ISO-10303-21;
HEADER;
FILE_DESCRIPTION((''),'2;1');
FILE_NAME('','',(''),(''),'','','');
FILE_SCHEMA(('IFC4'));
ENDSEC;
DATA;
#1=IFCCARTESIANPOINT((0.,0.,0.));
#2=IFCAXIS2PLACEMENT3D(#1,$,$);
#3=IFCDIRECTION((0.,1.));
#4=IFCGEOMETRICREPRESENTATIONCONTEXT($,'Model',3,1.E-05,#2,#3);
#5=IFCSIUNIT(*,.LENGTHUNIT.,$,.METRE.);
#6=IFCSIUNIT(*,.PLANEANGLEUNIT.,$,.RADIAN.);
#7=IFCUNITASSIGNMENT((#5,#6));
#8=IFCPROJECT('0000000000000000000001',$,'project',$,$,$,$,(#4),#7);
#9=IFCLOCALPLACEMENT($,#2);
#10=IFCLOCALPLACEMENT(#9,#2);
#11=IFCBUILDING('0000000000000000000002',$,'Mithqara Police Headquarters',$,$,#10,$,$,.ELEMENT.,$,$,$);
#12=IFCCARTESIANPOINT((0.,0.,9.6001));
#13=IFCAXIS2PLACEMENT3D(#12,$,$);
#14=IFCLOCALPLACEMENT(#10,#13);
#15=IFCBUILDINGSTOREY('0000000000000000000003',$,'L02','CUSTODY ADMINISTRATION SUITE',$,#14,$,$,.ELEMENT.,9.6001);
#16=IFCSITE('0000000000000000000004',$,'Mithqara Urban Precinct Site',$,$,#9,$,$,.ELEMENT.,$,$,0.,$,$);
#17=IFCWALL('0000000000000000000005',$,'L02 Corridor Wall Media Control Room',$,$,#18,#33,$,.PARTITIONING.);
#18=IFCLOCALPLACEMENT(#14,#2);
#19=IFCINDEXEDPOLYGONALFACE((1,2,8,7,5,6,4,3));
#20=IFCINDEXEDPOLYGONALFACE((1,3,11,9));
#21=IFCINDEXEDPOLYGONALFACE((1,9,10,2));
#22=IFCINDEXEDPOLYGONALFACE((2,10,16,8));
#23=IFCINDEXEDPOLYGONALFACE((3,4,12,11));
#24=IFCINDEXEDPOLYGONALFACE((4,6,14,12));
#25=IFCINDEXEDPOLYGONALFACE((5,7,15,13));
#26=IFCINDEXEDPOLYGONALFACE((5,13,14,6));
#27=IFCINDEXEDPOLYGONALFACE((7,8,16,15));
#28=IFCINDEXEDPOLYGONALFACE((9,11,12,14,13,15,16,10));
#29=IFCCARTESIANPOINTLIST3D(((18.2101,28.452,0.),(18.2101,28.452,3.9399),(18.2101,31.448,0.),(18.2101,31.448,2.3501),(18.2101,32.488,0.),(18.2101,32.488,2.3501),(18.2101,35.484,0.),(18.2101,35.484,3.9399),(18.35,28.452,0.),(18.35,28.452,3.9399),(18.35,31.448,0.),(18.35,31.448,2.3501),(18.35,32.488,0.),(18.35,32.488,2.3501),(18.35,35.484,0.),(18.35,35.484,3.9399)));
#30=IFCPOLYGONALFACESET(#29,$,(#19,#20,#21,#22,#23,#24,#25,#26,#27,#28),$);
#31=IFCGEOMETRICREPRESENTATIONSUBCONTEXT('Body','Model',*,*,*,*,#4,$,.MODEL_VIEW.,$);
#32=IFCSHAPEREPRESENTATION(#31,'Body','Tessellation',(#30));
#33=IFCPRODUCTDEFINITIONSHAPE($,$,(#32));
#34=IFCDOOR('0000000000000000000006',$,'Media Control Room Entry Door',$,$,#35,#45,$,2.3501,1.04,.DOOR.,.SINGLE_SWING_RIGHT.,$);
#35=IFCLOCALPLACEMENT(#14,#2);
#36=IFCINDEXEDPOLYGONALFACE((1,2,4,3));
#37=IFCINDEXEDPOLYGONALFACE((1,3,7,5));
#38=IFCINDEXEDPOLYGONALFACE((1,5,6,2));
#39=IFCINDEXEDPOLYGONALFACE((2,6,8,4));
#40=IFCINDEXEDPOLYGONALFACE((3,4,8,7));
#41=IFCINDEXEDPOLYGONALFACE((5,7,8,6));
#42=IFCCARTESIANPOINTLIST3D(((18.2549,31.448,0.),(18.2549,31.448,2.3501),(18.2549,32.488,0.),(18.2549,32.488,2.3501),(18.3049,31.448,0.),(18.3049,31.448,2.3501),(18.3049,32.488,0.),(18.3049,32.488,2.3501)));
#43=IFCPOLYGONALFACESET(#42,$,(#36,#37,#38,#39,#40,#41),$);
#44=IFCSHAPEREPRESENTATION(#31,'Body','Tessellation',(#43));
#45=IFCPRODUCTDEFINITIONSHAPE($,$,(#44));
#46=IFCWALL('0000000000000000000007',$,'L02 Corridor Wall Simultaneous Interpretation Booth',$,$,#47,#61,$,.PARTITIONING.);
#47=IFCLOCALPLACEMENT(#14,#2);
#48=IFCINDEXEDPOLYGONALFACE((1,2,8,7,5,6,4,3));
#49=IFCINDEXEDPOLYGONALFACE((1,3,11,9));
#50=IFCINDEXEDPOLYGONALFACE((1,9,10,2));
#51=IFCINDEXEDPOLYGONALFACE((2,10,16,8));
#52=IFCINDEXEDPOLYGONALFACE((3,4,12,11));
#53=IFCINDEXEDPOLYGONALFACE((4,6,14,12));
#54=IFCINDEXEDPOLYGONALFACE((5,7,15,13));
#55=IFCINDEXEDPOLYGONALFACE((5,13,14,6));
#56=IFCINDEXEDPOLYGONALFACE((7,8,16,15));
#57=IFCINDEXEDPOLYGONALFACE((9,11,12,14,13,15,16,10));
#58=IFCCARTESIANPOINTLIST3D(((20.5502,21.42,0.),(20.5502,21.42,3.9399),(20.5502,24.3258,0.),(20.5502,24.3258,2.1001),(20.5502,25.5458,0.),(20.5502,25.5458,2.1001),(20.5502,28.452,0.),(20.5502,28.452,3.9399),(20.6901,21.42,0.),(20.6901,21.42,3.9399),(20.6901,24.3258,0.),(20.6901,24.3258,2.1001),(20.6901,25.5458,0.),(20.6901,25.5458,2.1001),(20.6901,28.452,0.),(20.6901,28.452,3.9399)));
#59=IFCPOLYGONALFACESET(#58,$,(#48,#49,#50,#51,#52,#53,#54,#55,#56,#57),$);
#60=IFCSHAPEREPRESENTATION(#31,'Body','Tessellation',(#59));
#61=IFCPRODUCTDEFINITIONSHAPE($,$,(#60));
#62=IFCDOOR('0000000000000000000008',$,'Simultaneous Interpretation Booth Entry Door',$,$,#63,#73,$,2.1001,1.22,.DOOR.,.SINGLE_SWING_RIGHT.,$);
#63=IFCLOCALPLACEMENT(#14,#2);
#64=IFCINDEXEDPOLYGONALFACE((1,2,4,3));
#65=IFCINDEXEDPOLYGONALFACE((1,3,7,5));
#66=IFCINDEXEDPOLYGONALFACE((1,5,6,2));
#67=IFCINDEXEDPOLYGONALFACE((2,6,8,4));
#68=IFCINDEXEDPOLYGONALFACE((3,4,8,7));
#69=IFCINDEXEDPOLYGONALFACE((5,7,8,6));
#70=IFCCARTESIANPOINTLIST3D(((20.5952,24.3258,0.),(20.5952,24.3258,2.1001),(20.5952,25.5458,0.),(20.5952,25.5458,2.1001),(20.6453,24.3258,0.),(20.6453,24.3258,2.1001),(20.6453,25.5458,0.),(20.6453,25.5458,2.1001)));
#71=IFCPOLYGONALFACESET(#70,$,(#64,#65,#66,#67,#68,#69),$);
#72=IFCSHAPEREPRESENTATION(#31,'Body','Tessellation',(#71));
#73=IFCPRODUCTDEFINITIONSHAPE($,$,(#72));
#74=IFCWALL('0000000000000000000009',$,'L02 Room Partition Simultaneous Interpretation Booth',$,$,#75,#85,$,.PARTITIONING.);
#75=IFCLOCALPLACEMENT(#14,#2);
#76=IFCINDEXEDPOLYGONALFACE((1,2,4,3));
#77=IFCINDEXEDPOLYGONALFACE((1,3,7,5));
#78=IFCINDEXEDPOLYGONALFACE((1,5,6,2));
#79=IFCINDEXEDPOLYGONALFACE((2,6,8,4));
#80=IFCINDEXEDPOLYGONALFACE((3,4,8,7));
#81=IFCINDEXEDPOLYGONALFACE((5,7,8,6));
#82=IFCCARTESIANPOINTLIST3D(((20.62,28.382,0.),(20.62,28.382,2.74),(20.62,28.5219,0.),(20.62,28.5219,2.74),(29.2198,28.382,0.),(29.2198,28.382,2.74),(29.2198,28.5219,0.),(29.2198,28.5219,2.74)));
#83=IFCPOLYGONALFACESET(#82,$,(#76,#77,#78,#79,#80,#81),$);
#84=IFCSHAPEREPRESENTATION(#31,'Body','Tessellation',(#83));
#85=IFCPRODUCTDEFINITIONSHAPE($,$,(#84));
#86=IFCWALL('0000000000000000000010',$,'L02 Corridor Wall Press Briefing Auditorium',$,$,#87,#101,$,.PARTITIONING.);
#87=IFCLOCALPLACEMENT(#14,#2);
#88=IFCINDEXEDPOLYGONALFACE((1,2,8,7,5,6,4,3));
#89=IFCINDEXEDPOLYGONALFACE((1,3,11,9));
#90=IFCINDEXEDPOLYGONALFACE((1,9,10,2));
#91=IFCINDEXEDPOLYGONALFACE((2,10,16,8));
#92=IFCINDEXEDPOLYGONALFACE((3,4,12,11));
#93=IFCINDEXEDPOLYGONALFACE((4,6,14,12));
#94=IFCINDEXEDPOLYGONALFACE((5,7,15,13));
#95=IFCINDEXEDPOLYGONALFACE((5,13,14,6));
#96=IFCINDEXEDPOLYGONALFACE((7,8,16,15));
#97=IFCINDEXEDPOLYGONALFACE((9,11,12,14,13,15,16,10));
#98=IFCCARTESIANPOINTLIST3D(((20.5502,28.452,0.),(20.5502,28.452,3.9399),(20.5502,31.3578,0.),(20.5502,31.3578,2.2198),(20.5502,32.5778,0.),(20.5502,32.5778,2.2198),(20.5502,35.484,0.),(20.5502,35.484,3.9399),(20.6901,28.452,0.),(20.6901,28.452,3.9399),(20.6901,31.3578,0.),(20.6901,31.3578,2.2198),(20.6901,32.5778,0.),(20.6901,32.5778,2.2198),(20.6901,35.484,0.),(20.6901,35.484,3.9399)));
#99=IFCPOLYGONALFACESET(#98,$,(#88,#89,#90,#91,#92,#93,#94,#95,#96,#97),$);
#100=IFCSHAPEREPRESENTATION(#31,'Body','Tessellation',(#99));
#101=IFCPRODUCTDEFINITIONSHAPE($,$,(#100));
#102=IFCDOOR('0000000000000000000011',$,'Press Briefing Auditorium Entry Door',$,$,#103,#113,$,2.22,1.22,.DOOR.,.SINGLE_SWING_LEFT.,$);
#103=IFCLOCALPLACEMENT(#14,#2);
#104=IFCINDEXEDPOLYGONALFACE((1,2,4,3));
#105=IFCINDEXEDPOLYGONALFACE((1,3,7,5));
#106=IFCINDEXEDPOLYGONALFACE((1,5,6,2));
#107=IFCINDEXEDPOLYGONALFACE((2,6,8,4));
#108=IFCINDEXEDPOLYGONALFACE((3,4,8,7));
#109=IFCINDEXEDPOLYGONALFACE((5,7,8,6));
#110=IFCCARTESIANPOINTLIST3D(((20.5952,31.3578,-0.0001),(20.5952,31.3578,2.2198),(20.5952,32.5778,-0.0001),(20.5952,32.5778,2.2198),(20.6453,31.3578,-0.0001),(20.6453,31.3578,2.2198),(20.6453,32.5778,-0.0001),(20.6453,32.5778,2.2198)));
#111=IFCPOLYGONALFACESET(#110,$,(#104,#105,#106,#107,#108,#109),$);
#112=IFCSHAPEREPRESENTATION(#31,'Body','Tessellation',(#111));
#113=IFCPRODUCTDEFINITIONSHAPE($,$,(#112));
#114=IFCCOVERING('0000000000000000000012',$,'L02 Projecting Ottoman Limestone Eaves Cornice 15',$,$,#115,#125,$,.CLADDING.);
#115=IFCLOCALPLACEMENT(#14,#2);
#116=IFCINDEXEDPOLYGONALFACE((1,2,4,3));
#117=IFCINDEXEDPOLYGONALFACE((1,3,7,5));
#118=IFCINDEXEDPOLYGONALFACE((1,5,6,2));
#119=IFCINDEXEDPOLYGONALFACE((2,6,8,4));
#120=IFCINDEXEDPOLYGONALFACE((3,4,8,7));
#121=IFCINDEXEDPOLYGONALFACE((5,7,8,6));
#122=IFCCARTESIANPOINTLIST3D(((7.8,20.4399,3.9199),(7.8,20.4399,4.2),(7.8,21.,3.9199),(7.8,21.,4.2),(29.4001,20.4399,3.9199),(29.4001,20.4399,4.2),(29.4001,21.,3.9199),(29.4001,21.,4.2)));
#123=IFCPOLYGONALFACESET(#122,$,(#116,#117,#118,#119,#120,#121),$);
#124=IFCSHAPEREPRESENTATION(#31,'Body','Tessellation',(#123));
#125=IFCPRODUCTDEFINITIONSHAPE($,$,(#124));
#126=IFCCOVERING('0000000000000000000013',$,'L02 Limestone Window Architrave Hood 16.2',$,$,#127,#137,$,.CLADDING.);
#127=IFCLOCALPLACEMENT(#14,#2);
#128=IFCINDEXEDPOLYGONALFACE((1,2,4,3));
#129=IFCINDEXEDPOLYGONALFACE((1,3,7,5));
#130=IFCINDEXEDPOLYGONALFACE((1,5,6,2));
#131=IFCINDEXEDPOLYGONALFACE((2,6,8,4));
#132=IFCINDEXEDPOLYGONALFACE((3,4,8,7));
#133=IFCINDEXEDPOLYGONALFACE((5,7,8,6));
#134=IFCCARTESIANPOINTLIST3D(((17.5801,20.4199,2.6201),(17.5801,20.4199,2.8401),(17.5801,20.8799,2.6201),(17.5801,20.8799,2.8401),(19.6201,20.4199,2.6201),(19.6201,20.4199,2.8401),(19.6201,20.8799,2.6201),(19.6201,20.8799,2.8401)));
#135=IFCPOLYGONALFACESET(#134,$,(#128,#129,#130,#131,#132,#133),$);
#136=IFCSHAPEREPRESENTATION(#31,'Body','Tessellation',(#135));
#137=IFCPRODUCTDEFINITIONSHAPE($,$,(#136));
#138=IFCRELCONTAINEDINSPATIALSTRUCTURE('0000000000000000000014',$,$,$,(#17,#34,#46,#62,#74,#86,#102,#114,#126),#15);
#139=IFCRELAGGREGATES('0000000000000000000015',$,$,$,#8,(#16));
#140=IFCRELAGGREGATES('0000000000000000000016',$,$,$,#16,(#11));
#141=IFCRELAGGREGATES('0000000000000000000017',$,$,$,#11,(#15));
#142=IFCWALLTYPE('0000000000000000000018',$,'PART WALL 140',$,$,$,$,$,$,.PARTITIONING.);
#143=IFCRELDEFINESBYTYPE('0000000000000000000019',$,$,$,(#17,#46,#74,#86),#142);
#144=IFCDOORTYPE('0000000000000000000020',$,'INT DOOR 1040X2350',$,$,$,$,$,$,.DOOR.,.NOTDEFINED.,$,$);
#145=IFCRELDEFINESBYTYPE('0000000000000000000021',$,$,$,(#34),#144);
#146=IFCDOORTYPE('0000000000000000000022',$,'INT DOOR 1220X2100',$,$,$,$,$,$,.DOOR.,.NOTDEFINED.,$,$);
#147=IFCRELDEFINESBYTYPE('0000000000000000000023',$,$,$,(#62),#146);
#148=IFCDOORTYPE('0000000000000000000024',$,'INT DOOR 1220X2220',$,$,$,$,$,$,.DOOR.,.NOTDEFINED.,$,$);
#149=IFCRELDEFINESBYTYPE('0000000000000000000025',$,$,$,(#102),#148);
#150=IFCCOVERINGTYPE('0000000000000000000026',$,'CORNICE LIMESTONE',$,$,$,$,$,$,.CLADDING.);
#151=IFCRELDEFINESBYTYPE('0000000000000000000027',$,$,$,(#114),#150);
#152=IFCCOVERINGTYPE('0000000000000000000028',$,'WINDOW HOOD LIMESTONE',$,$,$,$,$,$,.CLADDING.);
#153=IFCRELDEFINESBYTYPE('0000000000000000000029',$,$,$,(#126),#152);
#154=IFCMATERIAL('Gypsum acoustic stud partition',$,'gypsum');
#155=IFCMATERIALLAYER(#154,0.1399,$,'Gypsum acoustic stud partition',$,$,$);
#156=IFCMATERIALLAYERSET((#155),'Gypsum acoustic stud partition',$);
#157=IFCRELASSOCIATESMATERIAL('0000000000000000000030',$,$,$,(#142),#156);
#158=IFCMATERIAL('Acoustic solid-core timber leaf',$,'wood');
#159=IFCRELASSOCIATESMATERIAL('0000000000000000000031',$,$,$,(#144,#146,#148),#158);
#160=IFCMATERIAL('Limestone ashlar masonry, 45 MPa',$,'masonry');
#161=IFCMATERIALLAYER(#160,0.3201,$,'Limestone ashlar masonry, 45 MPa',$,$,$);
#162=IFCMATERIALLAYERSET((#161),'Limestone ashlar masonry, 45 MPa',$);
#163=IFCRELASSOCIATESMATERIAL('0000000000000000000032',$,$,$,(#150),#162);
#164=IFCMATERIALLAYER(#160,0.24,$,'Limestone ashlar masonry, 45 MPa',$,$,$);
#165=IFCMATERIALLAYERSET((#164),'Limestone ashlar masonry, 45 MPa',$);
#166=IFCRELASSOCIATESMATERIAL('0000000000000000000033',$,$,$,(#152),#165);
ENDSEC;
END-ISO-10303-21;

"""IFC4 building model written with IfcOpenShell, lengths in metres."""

from ifc_helpers import new_model, si_unit, direction, frame, frame_2d, origin, origin_2d, place, context, subcontext, project, spatial, rectangle, extrude, material, layer, layer_set, type_object, element, fill, save


model = new_model("IFC4")

# Units and contexts
model_context = context("Model", 3, precision=1e-05, world=origin(), true_north=direction((0.0, 1.0)))
body_context = subcontext(model_context, "Body", "Model", "MODEL_VIEW")
ifc_project = project(units=[si_unit("LENGTHUNIT", "METRE"), si_unit("PLANEANGLEUNIT", "RADIAN")], contexts=[model_context])

# Site, building, storey
site_placement = place(None, origin())
site = spatial("IfcSite", under=ifc_project, at=site_placement, Name="Mithqara Urban Precinct Site", CompositionType="ELEMENT", RefElevation=0.0)
building_placement = place(site_placement, origin())
building = spatial("IfcBuilding", under=site, at=building_placement, Name="Mithqara Police Headquarters", CompositionType="ELEMENT")
storey_placement = place(building_placement, frame((0.0, 0.0, 9.6001)))
storey = spatial("IfcBuildingStorey", under=building, at=storey_placement, Name="L02", Description="CUSTODY ADMINISTRATION SUITE", CompositionType="ELEMENT", Elevation=9.6001)

# Walls, openings, doors
ifc_material_1 = material(Name="Gypsum acoustic stud partition", Category="gypsum")
ifc_layer_1 = layer(ifc_material_1, 0.1399, Name="Gypsum acoustic stud partition")
ifc_layer_set_1 = layer_set([ifc_layer_1], Name="Gypsum acoustic stud partition")
wall_type = type_object("IfcWallType", Name="PART WALL 140", PredefinedType="PARTITIONING", material=ifc_layer_set_1)
ifc_material_2 = material(Name="Acoustic solid-core timber leaf", Category="wood")
wall_1_placement = place(storey_placement, frame((18.28, 28.4519, 0.0), z_axis=(0.0, 0.0, 1.0), x_axis=(0.0, 1.0, 0.0)))
wall_1 = element("IfcWall", 1, at=wall_1_placement, inside=storey, type_object=wall_type, Name="L02 Corridor Wall Media Control Room", PredefinedType="PARTITIONING", context=body_context, shape_type="SweptSolid", body=[
    extrude(rectangle(XDim=7.032, YDim=0.1399, at=frame_2d((3.5161, 0.0))), origin(), (0.0, 0.0, 1.0), 3.9399),
])
opening_1_placement = place(wall_1_placement, frame((2.9961, 0.0, 0.0)))
opening_1 = element("IfcOpeningElement", 2, at=opening_1_placement, cuts=wall_1, PredefinedType="OPENING", context=body_context, shape_type="SweptSolid", body=[
    extrude(rectangle(XDim=1.04, YDim=2.3501, at=frame_2d((0.52, 1.175))), frame((0.0, 0.0801, 0.0), z_axis=(0.0, -1.0, 0.0), x_axis=(1.0, 0.0, 0.0)), (0.0, 0.0, 1.0), 0.1599),
])
door_type_1 = type_object("IfcDoorType", Name="INT DOOR 1040X2350", OperationType="NOTDEFINED", PredefinedType="DOOR", material=ifc_material_2)
door_1_placement = place(opening_1_placement, frame((1.04, 0.0, 0.0), z_axis=(0.0, 0.0, 1.0), x_axis=(-1.0, 0.0, 0.0)))
door_1 = element("IfcDoor", 3, at=door_1_placement, inside=storey, type_object=door_type_1, Name="Media Control Room Entry Door", OperationType="SINGLE_SWING_RIGHT", OverallHeight=2.3501, OverallWidth=1.04, PredefinedType="DOOR", context=body_context, shape_type="SweptSolid", body=[
    extrude(rectangle(XDim=1.04, YDim=2.3501, at=frame_2d((0.52, 1.175))), frame((0.0, 0.0249, 0.0), z_axis=(0.0, -1.0, 0.0), x_axis=(1.0, 0.0, 0.0)), (0.0, 0.0, 1.0), 0.05),
])
fill(opening_1, door_1)
wall_2_placement = place(storey_placement, frame((20.6201, 21.4199, 0.0), z_axis=(0.0, 0.0, 1.0), x_axis=(0.0, 1.0, 0.0)))
wall_2 = element("IfcWall", 4, at=wall_2_placement, inside=storey, type_object=wall_type, Name="L02 Corridor Wall Simultaneous Interpretation Booth", PredefinedType="PARTITIONING", context=body_context, shape_type="SweptSolid", body=[
    extrude(rectangle(XDim=7.032, YDim=0.1399, at=frame_2d((3.5161, 0.0))), origin(), (0.0, 0.0, 1.0), 3.9399),
])
opening_2_placement = place(wall_2_placement, frame((2.906, 0.0, 0.0)))
opening_2 = element("IfcOpeningElement", 5, at=opening_2_placement, cuts=wall_2, PredefinedType="OPENING", context=body_context, shape_type="SweptSolid", body=[
    extrude(rectangle(XDim=1.22, YDim=2.1001, at=frame_2d((0.6099, 1.05))), frame((0.0, 0.0801, 0.0), z_axis=(0.0, -1.0, 0.0), x_axis=(1.0, 0.0, 0.0)), (0.0, 0.0, 1.0), 0.1599),
])
door_type_2 = type_object("IfcDoorType", Name="INT DOOR 1220X2100", OperationType="NOTDEFINED", PredefinedType="DOOR", material=ifc_material_2)
door_2_placement = place(opening_2_placement, origin())
door_2 = element("IfcDoor", 6, at=door_2_placement, inside=storey, type_object=door_type_2, Name="Simultaneous Interpretation Booth Entry Door", OperationType="SINGLE_SWING_RIGHT", OverallHeight=2.1001, OverallWidth=1.22, PredefinedType="DOOR", context=body_context, shape_type="SweptSolid", body=[
    extrude(rectangle(XDim=1.22, YDim=2.1001, at=frame_2d((0.6099, 1.05))), frame((0.0, 0.0249, 0.0), z_axis=(0.0, -1.0, 0.0), x_axis=(1.0, 0.0, 0.0)), (0.0, 0.0, 1.0), 0.05),
])
fill(opening_2, door_2)

# Wall
wall_3_placement = place(storey_placement, frame((20.6201, 28.4519, 0.0), z_axis=(0.0, 0.0, 1.0), x_axis=(1.0, 0.0, 0.0)))
element("IfcWall", 7, at=wall_3_placement, inside=storey, type_object=wall_type, Name="L02 Room Partition Simultaneous Interpretation Booth", PredefinedType="PARTITIONING", context=body_context, shape_type="SweptSolid", body=[
    extrude(rectangle(XDim=8.5999, YDim=0.1399, at=frame_2d((4.2998, 0.0))), origin(), (0.0, 0.0, 1.0), 2.74),
])

# Wall, opening, door
wall_4_placement = place(storey_placement, frame((20.6201, 28.4519, 0.0), z_axis=(0.0, 0.0, 1.0), x_axis=(0.0, 1.0, 0.0)))
wall_4 = element("IfcWall", 8, at=wall_4_placement, inside=storey, type_object=wall_type, Name="L02 Corridor Wall Press Briefing Auditorium", PredefinedType="PARTITIONING", context=body_context, shape_type="SweptSolid", body=[
    extrude(rectangle(XDim=7.032, YDim=0.1399, at=frame_2d((3.5161, 0.0))), origin(), (0.0, 0.0, 1.0), 3.9399),
])
opening_3_placement = place(wall_4_placement, frame((2.906, 0.0, 0.0)))
opening_3 = element("IfcOpeningElement", 9, at=opening_3_placement, cuts=wall_4, PredefinedType="OPENING", context=body_context, shape_type="SweptSolid", body=[
    extrude(rectangle(XDim=1.22, YDim=2.22, at=frame_2d((0.6099, 1.1099))), frame((0.0, 0.0801, 0.0), z_axis=(0.0, -1.0, 0.0), x_axis=(1.0, 0.0, 0.0)), (0.0, 0.0, 1.0), 0.1599),
])
door_type_3 = type_object("IfcDoorType", Name="INT DOOR 1220X2220", OperationType="NOTDEFINED", PredefinedType="DOOR", material=ifc_material_2)
door_3_placement = place(opening_3_placement, origin())
door_3 = element("IfcDoor", 10, at=door_3_placement, inside=storey, type_object=door_type_3, Name="Press Briefing Auditorium Entry Door", OperationType="SINGLE_SWING_LEFT", OverallHeight=2.22, OverallWidth=1.22, PredefinedType="DOOR", context=body_context, shape_type="SweptSolid", body=[
    extrude(rectangle(XDim=1.22, YDim=2.22, at=frame_2d((0.6099, 1.1099))), frame((0.0, 0.0249, 0.0), z_axis=(0.0, -1.0, 0.0), x_axis=(1.0, 0.0, 0.0)), (0.0, 0.0, 1.0), 0.05),
])
fill(opening_3, door_3)

# Coverings
ifc_material_3 = material(Name="Limestone ashlar masonry, 45 MPa", Category="masonry")
ifc_layer_2 = layer(ifc_material_3, 0.3201, Name="Limestone ashlar masonry, 45 MPa")
ifc_layer_set_2 = layer_set([ifc_layer_2], Name="Limestone ashlar masonry, 45 MPa")
covering_type_1 = type_object("IfcCoveringType", Name="CORNICE LIMESTONE", PredefinedType="CLADDING", material=ifc_layer_set_2)
covering_1_placement = place(storey_placement, frame((18.6001, 20.72, 3.9199), z_axis=(0.0, 0.0, 1.0), x_axis=(1.0, 0.0, 0.0)))
element("IfcCovering", 11, at=covering_1_placement, inside=storey, type_object=covering_type_1, Name="L02 Projecting Ottoman Limestone Eaves Cornice 15", PredefinedType="CLADDING", context=body_context, shape_type="SweptSolid", body=[
    extrude(rectangle(XDim=21.6001, YDim=0.5601, at=origin_2d()), origin(), (0.0, 0.0, 1.0), 0.28),
])
ifc_layer_3 = layer(ifc_material_3, 0.24, Name="Limestone ashlar masonry, 45 MPa")
ifc_layer_set_3 = layer_set([ifc_layer_3], Name="Limestone ashlar masonry, 45 MPa")
covering_type_2 = type_object("IfcCoveringType", Name="WINDOW HOOD LIMESTONE", PredefinedType="CLADDING", material=ifc_layer_set_3)
covering_2_placement = place(storey_placement, frame((18.6001, 20.6499, 2.6201), z_axis=(0.0, 0.0, 1.0), x_axis=(1.0, 0.0, 0.0)))
element("IfcCovering", 12, at=covering_2_placement, inside=storey, type_object=covering_type_2, Name="L02 Limestone Window Architrave Hood 16.2", PredefinedType="CLADDING", context=body_context, shape_type="SweptSolid", body=[
    extrude(rectangle(XDim=2.04, YDim=0.46, at=origin_2d()), origin(), (0.0, 0.0, 1.0), 0.22),
])

save(model, "model.ifc")
